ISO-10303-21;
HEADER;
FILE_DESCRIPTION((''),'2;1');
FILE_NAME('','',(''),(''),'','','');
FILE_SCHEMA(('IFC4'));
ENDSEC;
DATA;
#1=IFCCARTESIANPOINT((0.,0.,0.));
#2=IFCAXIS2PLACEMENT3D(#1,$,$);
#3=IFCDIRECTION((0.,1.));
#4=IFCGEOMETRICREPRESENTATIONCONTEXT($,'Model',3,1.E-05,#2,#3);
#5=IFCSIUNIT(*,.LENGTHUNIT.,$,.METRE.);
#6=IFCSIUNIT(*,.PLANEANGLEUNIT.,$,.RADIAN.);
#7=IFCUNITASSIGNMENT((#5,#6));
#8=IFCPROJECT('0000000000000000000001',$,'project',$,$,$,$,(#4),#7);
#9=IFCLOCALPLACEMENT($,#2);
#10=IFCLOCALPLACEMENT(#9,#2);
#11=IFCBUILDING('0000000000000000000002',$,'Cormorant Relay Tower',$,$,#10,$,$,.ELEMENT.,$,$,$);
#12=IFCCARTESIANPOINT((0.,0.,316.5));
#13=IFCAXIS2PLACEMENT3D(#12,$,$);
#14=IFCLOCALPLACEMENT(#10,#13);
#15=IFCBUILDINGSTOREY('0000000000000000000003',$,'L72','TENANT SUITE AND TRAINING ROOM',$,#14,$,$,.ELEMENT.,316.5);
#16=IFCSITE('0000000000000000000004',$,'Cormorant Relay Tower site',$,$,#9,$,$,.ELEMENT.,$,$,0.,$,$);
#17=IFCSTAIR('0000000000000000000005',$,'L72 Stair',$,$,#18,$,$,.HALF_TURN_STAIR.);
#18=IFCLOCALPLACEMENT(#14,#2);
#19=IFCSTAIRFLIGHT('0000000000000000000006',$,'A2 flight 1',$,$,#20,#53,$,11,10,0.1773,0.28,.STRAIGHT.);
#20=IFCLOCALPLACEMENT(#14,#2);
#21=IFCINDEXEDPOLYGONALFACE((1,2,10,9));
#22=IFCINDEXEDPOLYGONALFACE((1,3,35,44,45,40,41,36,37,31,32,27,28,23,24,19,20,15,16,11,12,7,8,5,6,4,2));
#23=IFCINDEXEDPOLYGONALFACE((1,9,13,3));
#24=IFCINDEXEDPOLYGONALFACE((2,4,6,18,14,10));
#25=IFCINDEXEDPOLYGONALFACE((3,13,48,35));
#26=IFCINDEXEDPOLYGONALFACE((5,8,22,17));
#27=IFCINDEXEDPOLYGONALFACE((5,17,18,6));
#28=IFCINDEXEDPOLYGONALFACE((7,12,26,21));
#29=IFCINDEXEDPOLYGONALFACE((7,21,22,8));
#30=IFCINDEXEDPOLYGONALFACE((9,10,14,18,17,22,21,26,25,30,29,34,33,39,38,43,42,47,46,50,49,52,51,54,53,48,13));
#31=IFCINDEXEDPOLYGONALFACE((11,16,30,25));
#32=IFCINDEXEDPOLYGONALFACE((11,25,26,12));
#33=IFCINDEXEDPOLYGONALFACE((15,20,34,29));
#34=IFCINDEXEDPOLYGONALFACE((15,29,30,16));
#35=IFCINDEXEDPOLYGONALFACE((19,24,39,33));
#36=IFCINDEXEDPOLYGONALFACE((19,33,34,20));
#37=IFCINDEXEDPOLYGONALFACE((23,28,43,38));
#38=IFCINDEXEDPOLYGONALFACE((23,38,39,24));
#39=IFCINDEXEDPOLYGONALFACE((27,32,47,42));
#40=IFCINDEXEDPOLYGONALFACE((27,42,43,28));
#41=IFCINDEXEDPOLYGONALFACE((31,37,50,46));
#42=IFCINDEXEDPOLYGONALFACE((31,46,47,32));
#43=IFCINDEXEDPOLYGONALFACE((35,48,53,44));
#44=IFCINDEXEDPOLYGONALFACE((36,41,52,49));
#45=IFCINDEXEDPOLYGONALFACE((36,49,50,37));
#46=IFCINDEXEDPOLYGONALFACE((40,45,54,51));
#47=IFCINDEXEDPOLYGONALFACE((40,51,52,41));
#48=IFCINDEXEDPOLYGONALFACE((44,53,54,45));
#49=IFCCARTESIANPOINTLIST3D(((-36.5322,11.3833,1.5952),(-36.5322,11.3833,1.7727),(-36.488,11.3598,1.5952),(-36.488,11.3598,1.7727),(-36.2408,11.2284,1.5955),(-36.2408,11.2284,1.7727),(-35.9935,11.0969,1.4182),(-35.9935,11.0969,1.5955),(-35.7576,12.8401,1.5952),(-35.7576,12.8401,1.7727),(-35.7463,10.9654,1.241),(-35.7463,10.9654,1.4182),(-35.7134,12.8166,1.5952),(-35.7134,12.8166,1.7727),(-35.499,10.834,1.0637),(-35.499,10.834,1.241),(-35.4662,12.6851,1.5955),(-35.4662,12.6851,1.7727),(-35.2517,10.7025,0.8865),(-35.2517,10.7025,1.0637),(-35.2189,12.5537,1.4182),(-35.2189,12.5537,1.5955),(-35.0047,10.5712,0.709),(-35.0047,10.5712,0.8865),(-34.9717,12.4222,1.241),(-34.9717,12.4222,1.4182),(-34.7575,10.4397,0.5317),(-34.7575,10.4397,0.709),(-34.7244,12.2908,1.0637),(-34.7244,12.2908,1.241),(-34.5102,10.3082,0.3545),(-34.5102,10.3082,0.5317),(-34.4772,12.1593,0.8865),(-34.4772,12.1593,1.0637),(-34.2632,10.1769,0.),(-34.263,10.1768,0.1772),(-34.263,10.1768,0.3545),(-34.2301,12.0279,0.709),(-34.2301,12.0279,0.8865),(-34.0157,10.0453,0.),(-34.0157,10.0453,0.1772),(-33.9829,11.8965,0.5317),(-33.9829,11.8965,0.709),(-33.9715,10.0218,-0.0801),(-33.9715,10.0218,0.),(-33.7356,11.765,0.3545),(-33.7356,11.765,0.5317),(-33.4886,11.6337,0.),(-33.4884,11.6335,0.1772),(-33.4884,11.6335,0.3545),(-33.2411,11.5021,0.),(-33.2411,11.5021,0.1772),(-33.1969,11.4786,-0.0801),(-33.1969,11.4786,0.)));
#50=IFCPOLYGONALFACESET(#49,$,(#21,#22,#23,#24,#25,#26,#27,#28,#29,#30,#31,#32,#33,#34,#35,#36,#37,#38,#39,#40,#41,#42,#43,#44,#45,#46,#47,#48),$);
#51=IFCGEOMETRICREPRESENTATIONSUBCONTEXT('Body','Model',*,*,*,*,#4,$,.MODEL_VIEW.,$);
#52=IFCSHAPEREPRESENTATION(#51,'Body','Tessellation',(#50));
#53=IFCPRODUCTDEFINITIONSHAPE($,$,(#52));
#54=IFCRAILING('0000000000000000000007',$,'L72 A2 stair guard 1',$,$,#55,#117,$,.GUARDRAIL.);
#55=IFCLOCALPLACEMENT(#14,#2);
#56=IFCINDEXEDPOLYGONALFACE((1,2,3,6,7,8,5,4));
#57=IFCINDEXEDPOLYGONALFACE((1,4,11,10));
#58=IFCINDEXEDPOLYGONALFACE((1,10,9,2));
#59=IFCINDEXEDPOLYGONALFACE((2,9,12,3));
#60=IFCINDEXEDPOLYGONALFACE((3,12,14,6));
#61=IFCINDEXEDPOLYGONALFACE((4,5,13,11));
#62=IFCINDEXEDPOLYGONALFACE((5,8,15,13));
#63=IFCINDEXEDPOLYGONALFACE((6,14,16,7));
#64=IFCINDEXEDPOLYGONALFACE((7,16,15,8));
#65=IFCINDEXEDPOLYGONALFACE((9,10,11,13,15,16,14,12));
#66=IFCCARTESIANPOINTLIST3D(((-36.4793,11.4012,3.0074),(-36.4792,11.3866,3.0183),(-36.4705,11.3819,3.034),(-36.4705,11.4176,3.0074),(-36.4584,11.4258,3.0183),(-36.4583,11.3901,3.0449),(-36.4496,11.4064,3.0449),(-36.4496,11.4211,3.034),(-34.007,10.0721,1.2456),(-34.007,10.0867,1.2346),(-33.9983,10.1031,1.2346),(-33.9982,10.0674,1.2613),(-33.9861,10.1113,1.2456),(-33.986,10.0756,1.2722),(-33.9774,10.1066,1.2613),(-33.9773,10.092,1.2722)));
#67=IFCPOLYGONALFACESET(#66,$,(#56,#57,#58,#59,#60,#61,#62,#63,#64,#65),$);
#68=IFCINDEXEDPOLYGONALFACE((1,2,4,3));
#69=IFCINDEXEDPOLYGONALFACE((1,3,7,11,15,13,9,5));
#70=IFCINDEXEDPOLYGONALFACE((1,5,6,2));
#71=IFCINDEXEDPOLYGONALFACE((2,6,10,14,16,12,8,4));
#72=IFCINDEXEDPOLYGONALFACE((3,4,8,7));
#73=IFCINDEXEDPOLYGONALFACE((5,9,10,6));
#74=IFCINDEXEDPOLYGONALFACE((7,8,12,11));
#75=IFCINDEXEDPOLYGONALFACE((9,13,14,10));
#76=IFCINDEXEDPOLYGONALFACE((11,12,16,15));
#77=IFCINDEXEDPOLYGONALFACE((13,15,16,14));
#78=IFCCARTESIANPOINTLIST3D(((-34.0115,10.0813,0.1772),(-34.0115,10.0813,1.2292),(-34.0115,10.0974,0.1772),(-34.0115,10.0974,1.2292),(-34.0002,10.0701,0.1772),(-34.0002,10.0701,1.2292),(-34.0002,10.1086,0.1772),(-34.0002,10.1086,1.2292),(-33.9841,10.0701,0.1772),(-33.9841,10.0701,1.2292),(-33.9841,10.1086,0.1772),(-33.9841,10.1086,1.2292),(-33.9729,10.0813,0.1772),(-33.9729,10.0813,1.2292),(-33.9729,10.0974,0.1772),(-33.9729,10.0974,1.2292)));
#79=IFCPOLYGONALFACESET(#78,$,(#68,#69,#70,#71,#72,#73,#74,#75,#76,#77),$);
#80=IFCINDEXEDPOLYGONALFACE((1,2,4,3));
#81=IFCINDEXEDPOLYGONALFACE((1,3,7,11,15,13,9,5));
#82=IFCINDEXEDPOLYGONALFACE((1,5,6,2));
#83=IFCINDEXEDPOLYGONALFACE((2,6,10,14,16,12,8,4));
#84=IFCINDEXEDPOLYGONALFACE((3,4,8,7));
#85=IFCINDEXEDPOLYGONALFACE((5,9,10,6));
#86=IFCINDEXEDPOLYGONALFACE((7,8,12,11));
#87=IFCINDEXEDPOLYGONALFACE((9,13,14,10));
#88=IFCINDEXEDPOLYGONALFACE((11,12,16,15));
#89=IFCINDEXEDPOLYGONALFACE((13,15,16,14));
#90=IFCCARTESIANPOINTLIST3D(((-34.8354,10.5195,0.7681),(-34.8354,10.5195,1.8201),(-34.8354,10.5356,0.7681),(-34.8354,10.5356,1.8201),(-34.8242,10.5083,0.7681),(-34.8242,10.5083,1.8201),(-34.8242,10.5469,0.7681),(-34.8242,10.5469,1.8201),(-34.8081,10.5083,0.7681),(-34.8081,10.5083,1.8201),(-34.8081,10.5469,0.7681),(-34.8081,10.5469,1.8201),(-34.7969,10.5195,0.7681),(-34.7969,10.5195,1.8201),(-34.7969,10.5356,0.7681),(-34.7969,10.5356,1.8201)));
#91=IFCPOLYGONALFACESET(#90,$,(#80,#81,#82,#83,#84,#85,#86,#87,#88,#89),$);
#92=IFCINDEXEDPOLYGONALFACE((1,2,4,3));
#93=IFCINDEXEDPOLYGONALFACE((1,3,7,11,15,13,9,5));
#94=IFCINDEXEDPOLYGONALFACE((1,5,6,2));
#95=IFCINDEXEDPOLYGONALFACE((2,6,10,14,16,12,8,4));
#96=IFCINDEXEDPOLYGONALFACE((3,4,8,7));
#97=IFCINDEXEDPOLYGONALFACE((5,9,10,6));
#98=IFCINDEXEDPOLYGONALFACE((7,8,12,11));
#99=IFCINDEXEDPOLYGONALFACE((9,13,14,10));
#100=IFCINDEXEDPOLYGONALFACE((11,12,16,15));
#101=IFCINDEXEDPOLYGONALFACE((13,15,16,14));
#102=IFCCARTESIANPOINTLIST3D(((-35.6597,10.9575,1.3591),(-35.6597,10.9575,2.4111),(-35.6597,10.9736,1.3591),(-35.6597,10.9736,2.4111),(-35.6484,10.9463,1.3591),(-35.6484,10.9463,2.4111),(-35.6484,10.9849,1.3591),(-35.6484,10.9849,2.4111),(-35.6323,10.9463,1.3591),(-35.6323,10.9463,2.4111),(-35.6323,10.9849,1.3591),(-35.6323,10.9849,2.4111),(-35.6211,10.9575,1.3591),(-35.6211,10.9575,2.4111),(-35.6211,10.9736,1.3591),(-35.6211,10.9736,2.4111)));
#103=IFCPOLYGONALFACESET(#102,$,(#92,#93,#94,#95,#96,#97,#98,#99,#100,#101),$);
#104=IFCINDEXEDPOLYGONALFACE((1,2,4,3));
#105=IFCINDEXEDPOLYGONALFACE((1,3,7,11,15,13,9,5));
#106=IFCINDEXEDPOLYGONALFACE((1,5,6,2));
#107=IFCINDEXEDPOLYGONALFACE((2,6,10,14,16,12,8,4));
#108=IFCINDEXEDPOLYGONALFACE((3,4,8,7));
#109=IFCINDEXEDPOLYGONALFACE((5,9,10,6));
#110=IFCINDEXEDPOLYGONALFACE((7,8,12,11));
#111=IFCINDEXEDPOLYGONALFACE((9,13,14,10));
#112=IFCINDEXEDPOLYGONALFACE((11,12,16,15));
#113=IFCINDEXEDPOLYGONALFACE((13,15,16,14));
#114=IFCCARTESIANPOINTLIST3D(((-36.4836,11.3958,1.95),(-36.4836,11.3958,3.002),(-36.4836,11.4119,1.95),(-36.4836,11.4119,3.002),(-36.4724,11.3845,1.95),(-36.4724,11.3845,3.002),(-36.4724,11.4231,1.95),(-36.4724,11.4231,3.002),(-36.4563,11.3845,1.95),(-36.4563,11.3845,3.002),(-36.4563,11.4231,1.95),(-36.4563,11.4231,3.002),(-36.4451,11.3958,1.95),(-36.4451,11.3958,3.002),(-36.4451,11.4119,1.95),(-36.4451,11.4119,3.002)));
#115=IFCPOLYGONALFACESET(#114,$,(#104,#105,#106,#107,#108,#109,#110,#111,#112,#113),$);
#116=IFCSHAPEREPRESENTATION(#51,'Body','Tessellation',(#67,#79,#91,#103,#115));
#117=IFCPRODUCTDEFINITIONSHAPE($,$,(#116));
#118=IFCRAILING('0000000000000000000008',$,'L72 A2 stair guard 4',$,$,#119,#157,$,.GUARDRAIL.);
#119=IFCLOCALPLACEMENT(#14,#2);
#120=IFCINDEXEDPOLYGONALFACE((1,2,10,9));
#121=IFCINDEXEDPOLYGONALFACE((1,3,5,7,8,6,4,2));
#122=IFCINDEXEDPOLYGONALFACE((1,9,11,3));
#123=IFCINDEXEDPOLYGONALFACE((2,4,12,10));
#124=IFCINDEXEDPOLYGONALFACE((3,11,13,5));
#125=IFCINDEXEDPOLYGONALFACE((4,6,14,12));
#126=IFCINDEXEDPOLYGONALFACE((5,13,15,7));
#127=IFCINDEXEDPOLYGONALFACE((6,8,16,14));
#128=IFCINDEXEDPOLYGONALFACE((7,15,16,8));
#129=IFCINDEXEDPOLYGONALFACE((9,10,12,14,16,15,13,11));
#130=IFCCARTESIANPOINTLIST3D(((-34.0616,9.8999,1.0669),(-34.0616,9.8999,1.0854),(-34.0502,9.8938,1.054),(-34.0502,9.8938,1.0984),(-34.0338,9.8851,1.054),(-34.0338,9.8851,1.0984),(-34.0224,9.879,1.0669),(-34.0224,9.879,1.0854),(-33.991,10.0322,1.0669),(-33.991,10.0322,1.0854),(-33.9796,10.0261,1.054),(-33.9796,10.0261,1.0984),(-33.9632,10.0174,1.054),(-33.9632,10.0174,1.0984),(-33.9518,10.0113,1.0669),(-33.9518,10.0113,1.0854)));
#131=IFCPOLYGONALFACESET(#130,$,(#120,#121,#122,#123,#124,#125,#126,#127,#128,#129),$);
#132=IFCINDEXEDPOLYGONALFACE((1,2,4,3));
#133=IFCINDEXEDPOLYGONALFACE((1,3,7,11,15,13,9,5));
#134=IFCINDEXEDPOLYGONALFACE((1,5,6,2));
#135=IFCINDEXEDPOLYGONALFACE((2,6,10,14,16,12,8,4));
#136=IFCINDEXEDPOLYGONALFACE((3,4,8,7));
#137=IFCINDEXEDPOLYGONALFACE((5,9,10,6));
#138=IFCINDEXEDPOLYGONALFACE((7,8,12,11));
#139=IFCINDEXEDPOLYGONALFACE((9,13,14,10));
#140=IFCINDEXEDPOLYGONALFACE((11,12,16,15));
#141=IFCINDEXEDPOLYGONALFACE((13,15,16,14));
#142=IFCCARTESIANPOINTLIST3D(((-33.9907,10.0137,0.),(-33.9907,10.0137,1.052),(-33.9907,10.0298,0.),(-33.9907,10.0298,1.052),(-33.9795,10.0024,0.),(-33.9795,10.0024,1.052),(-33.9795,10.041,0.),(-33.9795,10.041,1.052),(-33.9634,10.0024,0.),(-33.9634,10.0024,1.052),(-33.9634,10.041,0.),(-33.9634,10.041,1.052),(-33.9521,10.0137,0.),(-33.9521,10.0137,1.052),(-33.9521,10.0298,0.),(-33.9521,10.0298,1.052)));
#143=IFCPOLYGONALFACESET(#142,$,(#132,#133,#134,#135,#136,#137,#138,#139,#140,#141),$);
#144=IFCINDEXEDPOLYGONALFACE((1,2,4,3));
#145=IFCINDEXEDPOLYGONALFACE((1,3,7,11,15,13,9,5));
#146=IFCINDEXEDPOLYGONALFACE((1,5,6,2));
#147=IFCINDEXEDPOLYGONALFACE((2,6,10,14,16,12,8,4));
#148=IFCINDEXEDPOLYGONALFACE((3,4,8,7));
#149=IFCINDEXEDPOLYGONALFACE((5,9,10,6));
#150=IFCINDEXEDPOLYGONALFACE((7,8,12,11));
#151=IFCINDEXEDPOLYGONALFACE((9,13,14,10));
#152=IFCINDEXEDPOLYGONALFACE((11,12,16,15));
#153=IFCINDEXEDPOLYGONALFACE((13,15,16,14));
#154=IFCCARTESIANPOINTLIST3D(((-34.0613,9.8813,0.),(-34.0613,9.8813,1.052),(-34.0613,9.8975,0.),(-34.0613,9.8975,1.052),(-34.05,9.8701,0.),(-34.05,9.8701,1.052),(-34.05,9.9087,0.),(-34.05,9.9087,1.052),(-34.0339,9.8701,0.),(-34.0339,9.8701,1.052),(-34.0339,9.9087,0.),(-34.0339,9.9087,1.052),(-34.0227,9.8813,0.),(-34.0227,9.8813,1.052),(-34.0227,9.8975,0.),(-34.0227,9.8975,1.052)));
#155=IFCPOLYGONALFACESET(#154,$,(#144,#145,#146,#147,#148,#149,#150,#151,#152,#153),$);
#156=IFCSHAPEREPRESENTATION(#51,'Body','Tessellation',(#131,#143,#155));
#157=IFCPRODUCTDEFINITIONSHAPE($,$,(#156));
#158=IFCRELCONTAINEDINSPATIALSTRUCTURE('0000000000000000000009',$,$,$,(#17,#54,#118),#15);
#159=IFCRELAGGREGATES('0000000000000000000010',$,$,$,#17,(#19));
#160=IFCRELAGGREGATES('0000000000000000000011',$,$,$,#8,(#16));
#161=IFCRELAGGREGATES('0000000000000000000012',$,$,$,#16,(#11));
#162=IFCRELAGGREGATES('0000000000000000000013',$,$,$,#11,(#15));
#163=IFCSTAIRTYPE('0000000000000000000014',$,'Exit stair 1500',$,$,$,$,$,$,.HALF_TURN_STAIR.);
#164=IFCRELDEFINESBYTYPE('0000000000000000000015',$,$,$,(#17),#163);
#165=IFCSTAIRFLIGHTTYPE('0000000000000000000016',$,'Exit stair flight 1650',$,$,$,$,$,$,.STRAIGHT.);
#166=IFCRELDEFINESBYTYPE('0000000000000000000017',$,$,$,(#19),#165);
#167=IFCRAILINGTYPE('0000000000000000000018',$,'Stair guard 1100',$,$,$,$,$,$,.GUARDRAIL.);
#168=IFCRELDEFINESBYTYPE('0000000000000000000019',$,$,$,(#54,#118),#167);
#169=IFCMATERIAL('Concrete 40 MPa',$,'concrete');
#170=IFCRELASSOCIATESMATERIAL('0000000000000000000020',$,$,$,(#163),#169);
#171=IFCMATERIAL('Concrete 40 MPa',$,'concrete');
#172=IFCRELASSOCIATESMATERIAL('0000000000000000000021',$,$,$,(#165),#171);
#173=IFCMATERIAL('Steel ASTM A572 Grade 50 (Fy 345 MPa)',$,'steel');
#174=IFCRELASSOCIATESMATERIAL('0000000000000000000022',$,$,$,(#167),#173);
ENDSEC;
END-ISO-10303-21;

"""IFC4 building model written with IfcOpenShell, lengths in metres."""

from ifc_helpers import new_model, si_unit, direction, frame, origin, place, context, subcontext, project, spatial, polyline, outline, extrude, material, type_object, element, aggregate, save


model = new_model("IFC4")

# Units and contexts
model_context = context("Model", 3, precision=1e-05, world=origin(), true_north=direction((0.0, 1.0)))
body_context = subcontext(model_context, "Body", "Model", "MODEL_VIEW")
ifc_project = project(units=[si_unit("LENGTHUNIT", "METRE"), si_unit("PLANEANGLEUNIT", "RADIAN")], contexts=[model_context])

# Site, building, storey
site_placement = place(None, origin())
site = spatial("IfcSite", under=ifc_project, at=site_placement, Name="Cormorant Relay Tower site", CompositionType="ELEMENT", RefElevation=0.0)
building_placement = place(site_placement, origin())
building = spatial("IfcBuilding", under=site, at=building_placement, Name="Cormorant Relay Tower", CompositionType="ELEMENT")
storey_placement = place(building_placement, frame((0.0, 0.0, 316.5)))
storey = spatial("IfcBuildingStorey", under=building, at=storey_placement, Name="L72", Description="TENANT SUITE AND TRAINING ROOM", CompositionType="ELEMENT", Elevation=316.5)

# Stair, stair flight
ifc_material_1 = material(Name="Concrete 40 MPa", Category="concrete")
stair_type = type_object("IfcStairType", Name="Exit stair 1500", PredefinedType="HALF_TURN_STAIR", material=ifc_material_1)
stair_placement = place(storey_placement, origin())
stair = element("IfcStair", 1, at=stair_placement, inside=storey, type_object=stair_type, Name="L72 Stair", PredefinedType="HALF_TURN_STAIR")
ifc_material_2 = material(Name="Concrete 40 MPa", Category="concrete")
stair_flight_type = type_object("IfcStairFlightType", Name="Exit stair flight 1650", PredefinedType="STRAIGHT", material=ifc_material_2)
stair_flight_placement = place(storey_placement, frame((-33.6284, 10.7737, 0.0), z_axis=(0.0, 0.0, 1.0), x_axis=(-0.882948, 0.469472, 0.0)))
stair_flight = element("IfcStairFlight", 2, at=stair_flight_placement, type_object=stair_flight_type, Name="A2 flight 1", NumberOfRisers=11, NumberOfTreads=10, PredefinedType="STRAIGHT", RiserHeight=0.1773, TreadLength=0.28, context=body_context, shape_type="SweptSolid", body=[
    extrude(outline(polyline([(-0.05, -0.0801), (-0.05, 0.0), (0.0, 0.0), (0.0, 0.1772), (0.28, 0.1772), (0.28, 0.3545), (0.5601, 0.3545), (0.5601, 0.5317), (0.8401, 0.5317), (0.8401, 0.709), (1.1201, 0.709), (1.1201, 0.8865), (1.3999, 0.8865), (1.3999, 1.0637), (1.6799, 1.0637), (1.6799, 1.241), (1.96, 1.241), (1.96, 1.4182), (2.24, 1.4182), (2.24, 1.5955), (2.52, 1.5955), (2.52, 1.7727), (2.8, 1.7727), (2.8501, 1.7727), (2.8501, 1.5952), (2.8, 1.5952), (0.2803, 0.0), (-0.05, -0.0801)])), frame((0.0, 0.825, 0.0), z_axis=(0.0, -1.0, 0.0), x_axis=(1.0, 0.0, 0.0)), (0.0, 0.0, 1.0), 1.6499),
])
aggregate(stair, [stair_flight])

# Railings
ifc_material_3 = material(Name="Steel ASTM A572 Grade 50 (Fy 345 MPa)", Category="steel")
railing_type_1 = type_object("IfcRailingType", Name="Stair guard 1100", PredefinedType="GUARDRAIL", material=ifc_material_3)
railing_1_placement = place(storey_placement, frame((-33.9922, 10.0894, 0.1772)))
element("IfcRailing", 3, at=railing_1_placement, inside=storey, type_object=railing_type_1, Name="L72 A2 stair guard 1", PredefinedType="GUARDRAIL", context=body_context, shape_type="SweptSolid", body=[
    extrude(outline(polyline([(0.0222, 0.0093), (0.0093, 0.0222), (-0.0093, 0.0222), (-0.0222, 0.0093), (-0.0222, -0.0093), (-0.0093, -0.0222), (0.0093, -0.0222), (0.0222, -0.0093), (0.0222, 0.0093)])), frame((0.0, 0.0, 1.0762), z_axis=(-0.746001, 0.396649, 0.534931), x_axis=(-0.469465, -0.882951, 0.0)), (0.0, 0.0, 1.0), 3.314),
    extrude(outline(polyline([(0.0193, 0.0081), (0.0081, 0.0193), (-0.0081, 0.0193), (-0.0193, 0.0081), (-0.0193, -0.0081), (-0.0081, -0.0193), (0.0081, -0.0193), (0.0193, -0.0081), (0.0193, 0.0081)])), origin(), (0.0, 0.0, 1.0), 1.052),
    extrude(outline(polyline([(0.0193, 0.0081), (0.0081, 0.0193), (-0.0081, 0.0193), (-0.0193, 0.0081), (-0.0193, -0.0081), (-0.0081, -0.0193), (0.0081, -0.0193), (0.0193, -0.0081), (0.0193, 0.0081)])), frame((-0.824, 0.4382, 0.5908)), (0.0, 0.0, 1.0), 1.052),
    extrude(outline(polyline([(0.0193, 0.0081), (0.0081, 0.0193), (-0.0081, 0.0193), (-0.0193, 0.0081), (-0.0193, -0.0081), (-0.0081, -0.0193), (0.0081, -0.0193), (0.0193, -0.0081), (0.0193, 0.0081)])), frame((-1.6482, 0.8762, 1.1819)), (0.0, 0.0, 1.0), 1.052),
    extrude(outline(polyline([(0.0193, 0.0081), (0.0081, 0.0193), (-0.0081, 0.0193), (-0.0193, 0.0081), (-0.0193, -0.0081), (-0.0081, -0.0193), (0.0081, -0.0193), (0.0193, -0.0081), (0.0193, 0.0081)])), frame((-2.4722, 1.3145, 1.7727)), (0.0, 0.0, 1.0), 1.052),
])
railing_2_placement = place(storey_placement, frame((-33.9714, 10.0217, 0.0)))
element("IfcRailing", 4, at=railing_2_placement, inside=storey, type_object=railing_type_1, Name="L72 A2 stair guard 4", PredefinedType="GUARDRAIL", context=body_context, shape_type="SweptSolid", body=[
    extrude(outline(polyline([(0.0222, 0.0093), (0.0093, 0.0222), (-0.0093, 0.0222), (-0.0222, 0.0093), (-0.0222, -0.0093), (-0.0093, -0.0222), (0.0093, -0.0222), (0.0222, -0.0093), (0.0222, 0.0093)])), frame((0.0, 0.0, 1.0762), z_axis=(-0.470504, -0.882398, 0.0), x_axis=(0.882398, -0.470504, 0.0)), (0.0, 0.0, 1.0), 0.1499),
    extrude(outline(polyline([(0.0193, 0.0081), (0.0081, 0.0193), (-0.0081, 0.0193), (-0.0193, 0.0081), (-0.0193, -0.0081), (-0.0081, -0.0193), (0.0081, -0.0193), (0.0193, -0.0081), (0.0193, 0.0081)])), origin(), (0.0, 0.0, 1.0), 1.052),
    extrude(outline(polyline([(0.0193, 0.0081), (0.0081, 0.0193), (-0.0081, 0.0193), (-0.0193, 0.0081), (-0.0193, -0.0081), (-0.0081, -0.0193), (0.0081, -0.0193), (0.0193, -0.0081), (0.0193, 0.0081)])), frame((-0.0706, -0.1323, 0.0)), (0.0, 0.0, 1.0), 1.052),
])

save(model, "model.ifc")
